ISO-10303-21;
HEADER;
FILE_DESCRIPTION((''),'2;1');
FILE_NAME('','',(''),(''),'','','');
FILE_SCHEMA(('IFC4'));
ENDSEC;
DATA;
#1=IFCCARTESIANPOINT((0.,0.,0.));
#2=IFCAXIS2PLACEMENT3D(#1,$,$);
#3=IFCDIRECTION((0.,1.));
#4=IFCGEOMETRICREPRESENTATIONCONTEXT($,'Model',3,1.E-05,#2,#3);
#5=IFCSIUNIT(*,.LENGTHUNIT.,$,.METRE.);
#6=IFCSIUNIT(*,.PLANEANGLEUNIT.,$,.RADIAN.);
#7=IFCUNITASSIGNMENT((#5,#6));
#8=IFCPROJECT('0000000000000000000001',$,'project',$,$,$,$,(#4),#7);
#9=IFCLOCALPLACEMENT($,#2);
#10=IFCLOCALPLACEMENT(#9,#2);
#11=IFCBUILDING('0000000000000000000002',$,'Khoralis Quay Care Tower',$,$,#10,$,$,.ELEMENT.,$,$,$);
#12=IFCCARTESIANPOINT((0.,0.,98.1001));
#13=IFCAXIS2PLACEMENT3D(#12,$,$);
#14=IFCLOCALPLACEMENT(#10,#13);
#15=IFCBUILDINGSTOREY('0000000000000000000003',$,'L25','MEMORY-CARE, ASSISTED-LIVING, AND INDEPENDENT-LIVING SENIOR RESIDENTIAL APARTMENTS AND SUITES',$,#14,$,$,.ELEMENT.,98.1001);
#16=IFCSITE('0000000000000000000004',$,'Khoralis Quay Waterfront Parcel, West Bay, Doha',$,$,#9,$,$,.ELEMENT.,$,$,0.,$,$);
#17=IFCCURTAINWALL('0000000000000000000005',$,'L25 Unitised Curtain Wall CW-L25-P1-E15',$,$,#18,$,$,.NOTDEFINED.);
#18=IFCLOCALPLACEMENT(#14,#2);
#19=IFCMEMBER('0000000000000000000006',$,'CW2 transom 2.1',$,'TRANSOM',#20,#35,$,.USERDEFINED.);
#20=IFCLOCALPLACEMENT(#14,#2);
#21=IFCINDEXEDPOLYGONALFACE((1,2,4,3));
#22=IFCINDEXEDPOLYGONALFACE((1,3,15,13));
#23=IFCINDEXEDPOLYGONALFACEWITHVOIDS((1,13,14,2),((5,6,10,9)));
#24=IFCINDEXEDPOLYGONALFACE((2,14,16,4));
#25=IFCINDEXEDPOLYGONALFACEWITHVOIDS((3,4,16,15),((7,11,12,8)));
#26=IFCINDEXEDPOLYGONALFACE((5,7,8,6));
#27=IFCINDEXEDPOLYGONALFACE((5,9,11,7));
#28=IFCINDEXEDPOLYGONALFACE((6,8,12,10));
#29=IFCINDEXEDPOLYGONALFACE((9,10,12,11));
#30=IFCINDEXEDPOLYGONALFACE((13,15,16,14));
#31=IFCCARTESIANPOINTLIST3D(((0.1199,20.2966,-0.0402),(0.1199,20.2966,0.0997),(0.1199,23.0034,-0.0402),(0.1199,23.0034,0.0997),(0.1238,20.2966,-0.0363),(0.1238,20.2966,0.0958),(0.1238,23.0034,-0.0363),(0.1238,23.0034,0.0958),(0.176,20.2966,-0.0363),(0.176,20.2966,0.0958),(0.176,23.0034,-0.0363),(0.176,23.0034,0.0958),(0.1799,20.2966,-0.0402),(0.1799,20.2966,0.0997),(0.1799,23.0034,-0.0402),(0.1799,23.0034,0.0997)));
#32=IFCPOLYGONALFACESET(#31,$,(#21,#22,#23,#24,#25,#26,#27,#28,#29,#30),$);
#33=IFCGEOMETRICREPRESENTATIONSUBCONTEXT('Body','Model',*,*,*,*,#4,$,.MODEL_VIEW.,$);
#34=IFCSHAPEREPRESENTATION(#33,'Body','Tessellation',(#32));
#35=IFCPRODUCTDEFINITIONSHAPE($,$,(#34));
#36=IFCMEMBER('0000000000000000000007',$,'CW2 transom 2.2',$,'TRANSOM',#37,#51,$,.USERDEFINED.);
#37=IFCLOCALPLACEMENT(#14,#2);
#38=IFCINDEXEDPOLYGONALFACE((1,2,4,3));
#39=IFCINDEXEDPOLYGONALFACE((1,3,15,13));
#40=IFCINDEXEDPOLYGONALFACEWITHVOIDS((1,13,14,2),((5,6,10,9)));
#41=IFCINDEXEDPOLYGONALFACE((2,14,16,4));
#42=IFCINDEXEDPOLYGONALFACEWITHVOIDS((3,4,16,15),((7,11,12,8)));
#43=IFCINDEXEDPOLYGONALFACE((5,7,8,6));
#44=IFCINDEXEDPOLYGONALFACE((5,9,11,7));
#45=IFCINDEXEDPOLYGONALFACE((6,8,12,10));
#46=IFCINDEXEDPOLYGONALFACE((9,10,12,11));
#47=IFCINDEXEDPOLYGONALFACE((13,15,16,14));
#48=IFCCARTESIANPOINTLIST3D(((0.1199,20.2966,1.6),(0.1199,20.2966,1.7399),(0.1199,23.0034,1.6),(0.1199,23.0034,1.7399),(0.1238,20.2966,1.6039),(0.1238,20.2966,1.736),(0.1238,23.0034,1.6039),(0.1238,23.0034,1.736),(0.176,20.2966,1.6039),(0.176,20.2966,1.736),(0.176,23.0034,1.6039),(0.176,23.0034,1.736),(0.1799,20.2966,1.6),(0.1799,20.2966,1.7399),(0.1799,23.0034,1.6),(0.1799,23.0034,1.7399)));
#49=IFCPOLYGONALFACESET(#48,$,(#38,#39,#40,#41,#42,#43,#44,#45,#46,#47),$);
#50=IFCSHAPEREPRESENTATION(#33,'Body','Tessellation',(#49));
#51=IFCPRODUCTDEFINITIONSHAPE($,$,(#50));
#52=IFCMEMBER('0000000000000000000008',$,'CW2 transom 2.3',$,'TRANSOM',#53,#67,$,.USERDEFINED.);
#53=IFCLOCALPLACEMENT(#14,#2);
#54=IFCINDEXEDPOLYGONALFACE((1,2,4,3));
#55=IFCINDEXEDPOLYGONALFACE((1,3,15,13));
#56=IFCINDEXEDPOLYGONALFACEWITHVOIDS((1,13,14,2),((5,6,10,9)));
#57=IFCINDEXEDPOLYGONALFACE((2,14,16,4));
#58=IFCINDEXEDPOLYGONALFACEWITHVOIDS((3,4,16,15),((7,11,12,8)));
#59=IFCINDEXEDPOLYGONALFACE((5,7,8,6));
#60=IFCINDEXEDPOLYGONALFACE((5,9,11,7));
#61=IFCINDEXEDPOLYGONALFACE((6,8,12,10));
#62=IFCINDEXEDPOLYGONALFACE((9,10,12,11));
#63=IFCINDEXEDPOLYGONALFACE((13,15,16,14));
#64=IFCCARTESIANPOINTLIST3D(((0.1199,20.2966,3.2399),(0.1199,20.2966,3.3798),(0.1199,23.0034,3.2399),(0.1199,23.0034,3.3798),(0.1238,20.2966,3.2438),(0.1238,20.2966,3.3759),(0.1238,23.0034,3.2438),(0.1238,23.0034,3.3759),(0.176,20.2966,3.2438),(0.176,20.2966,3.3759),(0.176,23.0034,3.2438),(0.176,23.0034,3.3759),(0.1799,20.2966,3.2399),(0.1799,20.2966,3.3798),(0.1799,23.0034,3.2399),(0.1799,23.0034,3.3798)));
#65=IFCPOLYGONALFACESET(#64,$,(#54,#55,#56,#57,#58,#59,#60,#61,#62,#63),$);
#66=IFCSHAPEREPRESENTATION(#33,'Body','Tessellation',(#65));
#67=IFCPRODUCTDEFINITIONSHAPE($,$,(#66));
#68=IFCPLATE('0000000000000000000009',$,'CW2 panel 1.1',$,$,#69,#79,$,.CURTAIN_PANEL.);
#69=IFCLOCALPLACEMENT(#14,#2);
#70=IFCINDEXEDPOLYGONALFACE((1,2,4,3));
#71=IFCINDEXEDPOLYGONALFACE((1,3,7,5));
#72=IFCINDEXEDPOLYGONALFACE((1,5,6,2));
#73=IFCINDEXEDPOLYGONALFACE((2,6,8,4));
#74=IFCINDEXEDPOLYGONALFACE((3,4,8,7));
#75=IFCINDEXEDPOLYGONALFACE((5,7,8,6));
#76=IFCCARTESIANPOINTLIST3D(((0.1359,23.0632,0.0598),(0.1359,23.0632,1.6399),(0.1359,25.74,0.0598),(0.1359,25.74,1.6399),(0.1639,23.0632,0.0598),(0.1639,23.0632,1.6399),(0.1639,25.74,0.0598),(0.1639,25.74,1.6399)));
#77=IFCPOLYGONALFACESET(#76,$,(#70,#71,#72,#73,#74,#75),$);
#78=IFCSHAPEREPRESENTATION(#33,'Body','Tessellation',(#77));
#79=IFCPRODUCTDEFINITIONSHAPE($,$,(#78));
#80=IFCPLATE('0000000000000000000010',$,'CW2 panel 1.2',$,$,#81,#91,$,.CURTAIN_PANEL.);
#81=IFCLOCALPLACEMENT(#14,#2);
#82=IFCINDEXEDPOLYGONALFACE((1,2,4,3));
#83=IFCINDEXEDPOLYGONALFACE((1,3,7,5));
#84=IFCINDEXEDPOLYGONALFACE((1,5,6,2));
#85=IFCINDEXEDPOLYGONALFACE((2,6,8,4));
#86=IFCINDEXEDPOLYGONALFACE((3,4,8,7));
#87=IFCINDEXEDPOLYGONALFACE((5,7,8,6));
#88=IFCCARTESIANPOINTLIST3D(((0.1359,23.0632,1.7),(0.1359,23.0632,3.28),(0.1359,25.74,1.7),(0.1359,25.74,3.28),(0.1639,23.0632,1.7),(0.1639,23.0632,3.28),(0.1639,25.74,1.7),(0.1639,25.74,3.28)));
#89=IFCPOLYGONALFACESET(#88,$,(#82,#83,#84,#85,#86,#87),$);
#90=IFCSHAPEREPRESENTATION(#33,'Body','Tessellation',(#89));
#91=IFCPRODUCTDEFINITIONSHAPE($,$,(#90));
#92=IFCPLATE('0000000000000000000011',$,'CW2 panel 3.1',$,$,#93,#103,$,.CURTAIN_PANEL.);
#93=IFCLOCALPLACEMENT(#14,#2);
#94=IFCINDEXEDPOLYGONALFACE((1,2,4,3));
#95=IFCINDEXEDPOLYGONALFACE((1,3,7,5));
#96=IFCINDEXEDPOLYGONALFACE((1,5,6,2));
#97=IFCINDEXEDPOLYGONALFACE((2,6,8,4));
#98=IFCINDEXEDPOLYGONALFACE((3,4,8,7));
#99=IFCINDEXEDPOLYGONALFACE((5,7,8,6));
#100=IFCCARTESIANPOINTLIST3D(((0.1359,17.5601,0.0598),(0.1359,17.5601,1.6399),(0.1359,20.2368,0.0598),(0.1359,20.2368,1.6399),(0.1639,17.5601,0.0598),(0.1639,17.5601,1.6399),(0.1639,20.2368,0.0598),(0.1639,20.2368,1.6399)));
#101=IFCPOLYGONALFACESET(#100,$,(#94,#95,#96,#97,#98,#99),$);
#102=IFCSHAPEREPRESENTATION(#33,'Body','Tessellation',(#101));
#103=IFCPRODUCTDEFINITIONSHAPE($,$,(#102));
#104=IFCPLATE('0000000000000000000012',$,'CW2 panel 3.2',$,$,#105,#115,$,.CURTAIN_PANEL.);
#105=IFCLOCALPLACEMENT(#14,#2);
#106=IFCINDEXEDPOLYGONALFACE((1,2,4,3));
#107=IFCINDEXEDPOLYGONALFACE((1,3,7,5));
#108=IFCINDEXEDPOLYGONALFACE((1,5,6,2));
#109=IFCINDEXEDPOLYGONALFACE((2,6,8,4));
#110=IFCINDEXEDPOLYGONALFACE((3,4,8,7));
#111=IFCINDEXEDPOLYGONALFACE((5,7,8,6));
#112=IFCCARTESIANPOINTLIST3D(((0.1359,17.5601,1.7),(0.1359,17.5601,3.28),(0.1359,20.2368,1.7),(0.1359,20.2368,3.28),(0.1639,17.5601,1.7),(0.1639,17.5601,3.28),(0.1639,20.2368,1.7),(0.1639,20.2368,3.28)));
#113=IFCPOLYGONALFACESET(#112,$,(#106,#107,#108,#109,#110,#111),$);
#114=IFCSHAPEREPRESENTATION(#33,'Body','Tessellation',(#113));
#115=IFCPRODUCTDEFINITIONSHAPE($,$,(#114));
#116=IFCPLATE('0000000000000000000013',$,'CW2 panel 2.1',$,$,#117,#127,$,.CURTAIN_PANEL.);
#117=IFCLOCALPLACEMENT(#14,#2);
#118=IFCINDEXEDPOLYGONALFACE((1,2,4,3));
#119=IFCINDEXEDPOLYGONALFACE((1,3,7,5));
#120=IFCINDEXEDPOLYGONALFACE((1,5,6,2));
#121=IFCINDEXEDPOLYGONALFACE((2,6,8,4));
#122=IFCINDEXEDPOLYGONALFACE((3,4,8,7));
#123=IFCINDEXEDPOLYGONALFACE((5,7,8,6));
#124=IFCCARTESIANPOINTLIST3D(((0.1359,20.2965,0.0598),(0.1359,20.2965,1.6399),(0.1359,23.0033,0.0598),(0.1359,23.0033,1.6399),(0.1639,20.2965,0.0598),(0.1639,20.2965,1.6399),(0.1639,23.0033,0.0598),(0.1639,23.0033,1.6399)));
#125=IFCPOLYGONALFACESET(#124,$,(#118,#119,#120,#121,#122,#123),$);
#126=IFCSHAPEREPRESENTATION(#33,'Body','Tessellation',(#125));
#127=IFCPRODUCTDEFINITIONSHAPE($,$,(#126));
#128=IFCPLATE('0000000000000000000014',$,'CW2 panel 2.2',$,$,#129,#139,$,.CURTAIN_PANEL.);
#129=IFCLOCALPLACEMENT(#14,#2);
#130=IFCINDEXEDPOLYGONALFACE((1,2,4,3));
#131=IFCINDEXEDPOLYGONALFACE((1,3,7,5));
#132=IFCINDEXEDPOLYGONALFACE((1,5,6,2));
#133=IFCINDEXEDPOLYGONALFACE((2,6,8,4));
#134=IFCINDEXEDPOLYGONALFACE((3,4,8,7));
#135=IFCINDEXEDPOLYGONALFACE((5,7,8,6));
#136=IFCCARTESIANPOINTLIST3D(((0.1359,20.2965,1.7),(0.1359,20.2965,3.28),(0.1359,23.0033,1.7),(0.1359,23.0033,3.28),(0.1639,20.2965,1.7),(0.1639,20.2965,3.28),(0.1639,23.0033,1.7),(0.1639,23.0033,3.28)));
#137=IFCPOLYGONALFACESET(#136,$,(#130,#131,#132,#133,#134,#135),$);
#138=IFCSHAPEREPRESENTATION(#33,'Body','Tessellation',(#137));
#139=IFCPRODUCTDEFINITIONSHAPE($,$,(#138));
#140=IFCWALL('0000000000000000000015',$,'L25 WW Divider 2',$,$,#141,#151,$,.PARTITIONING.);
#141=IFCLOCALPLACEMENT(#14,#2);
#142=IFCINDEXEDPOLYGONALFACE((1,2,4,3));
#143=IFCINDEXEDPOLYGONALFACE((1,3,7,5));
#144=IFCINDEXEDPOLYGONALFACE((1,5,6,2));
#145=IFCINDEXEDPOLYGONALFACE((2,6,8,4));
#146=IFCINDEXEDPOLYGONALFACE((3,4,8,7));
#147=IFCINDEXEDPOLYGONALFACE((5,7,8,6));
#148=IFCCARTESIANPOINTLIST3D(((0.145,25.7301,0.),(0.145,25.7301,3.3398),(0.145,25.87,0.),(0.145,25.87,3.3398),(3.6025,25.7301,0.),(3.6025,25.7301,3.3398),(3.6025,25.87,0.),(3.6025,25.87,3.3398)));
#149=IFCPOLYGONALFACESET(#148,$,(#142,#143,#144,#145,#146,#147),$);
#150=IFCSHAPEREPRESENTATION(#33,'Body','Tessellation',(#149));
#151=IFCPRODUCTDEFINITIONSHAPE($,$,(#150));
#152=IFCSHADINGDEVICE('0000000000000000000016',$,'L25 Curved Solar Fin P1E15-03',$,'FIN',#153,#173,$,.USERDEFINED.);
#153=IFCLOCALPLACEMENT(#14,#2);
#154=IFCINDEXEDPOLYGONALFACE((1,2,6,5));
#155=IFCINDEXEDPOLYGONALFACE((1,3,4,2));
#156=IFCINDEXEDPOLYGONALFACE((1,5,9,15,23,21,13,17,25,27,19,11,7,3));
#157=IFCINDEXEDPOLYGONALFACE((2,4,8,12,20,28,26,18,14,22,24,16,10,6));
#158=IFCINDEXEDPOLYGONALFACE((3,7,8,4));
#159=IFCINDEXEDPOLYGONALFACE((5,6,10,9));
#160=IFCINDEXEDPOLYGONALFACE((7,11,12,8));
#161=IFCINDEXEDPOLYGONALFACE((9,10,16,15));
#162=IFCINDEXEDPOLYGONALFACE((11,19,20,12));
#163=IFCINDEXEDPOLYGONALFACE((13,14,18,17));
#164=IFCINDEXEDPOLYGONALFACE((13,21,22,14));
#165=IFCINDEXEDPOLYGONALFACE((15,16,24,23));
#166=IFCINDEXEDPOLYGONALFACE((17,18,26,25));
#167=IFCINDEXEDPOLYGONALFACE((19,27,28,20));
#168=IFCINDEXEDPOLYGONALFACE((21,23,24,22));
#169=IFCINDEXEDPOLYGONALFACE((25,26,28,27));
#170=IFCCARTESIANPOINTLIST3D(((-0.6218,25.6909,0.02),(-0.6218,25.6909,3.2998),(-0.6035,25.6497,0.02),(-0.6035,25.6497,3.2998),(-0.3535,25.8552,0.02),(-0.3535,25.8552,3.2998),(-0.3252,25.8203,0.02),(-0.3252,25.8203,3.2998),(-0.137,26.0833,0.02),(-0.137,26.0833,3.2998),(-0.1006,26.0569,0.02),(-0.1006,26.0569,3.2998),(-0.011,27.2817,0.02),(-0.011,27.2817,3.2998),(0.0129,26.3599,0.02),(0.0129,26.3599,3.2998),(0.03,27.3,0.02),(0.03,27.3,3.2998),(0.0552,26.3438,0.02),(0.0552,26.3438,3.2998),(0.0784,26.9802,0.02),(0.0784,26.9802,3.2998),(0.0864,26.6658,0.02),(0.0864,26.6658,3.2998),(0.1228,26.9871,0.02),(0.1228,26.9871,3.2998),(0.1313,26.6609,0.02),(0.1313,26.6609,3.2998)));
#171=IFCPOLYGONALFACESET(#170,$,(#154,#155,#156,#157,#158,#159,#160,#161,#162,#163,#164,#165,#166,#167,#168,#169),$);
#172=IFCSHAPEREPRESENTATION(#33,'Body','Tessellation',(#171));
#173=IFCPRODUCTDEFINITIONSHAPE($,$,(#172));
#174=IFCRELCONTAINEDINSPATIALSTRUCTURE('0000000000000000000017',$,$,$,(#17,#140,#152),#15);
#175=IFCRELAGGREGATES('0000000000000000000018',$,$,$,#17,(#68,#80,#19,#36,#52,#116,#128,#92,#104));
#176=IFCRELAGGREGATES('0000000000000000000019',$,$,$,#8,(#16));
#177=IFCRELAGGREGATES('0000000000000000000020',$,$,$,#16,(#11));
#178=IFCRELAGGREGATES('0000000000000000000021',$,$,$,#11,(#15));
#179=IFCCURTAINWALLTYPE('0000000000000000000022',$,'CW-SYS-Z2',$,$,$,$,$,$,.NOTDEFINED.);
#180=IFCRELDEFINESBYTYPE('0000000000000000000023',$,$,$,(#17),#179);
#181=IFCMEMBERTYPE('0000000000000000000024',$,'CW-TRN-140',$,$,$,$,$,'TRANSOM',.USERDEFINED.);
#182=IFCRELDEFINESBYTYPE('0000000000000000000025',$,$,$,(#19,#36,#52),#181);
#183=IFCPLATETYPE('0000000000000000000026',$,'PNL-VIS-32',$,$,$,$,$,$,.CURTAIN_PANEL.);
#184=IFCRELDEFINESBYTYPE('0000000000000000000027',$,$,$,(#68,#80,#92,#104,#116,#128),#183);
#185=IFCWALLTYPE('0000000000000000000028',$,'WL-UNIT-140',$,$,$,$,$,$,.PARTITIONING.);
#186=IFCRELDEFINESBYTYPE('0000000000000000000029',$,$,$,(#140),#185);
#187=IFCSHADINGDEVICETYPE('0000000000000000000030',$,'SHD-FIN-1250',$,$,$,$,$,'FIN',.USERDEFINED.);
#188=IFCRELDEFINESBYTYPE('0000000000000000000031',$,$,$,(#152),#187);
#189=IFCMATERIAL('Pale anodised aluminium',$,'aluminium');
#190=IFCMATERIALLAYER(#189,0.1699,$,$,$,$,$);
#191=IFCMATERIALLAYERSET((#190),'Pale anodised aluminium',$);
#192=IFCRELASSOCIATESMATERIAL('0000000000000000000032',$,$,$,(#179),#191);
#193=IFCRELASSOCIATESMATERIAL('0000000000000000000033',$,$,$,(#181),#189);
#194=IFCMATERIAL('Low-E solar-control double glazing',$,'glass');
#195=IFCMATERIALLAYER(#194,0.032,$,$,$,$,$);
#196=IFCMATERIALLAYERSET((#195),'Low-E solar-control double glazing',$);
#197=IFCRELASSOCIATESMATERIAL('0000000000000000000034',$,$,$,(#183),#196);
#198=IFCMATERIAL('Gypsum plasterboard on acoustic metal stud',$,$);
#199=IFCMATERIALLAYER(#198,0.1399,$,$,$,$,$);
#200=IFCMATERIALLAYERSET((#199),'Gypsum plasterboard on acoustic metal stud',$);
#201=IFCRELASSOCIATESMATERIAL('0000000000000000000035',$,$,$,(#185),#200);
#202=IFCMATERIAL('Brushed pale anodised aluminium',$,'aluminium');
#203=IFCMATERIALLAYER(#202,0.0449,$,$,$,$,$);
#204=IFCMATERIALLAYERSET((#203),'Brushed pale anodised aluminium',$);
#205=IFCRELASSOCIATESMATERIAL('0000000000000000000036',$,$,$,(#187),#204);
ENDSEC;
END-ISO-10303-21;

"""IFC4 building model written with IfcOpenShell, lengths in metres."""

from ifc_helpers import new_model, si_unit, direction, frame, frame_2d, origin, origin_2d, place, context, subcontext, project, spatial, polyline, rectangle, hollow_rectangle, outline, extrude, source, transform, mapped, material, layer, layer_set, material_profile, profile_set, type_object, element, aggregate, save


model = new_model("IFC4")

# Units and contexts
model_context = context("Model", 3, precision=1e-05, world=origin(), true_north=direction((0.0, 1.0)))
body_context = subcontext(model_context, "Body", "Model", "MODEL_VIEW")
ifc_project = project(units=[si_unit("LENGTHUNIT", "METRE"), si_unit("PLANEANGLEUNIT", "RADIAN")], contexts=[model_context])

# Site, building, storey
site_placement = place(None, origin())
site = spatial("IfcSite", under=ifc_project, at=site_placement, Name="Khoralis Quay Waterfront Parcel, West Bay, Doha", CompositionType="ELEMENT", RefElevation=0.0)
building_placement = place(site_placement, origin())
building = spatial("IfcBuilding", under=site, at=building_placement, Name="Khoralis Quay Care Tower", CompositionType="ELEMENT")
storey_placement = place(building_placement, frame((0.0, 0.0, 98.1001)))
storey = spatial("IfcBuildingStorey", under=building, at=storey_placement, Name="L25", Description="MEMORY-CARE, ASSISTED-LIVING, AND INDEPENDENT-LIVING SENIOR RESIDENTIAL APARTMENTS AND SUITES", CompositionType="ELEMENT", Elevation=98.1001)

# Curtain wall, members, plates
ifc_material_1 = material(Name="Pale anodised aluminium", Category="aluminium")
ifc_layer_1 = layer(ifc_material_1, 0.1699)
ifc_layer_set_1 = layer_set([ifc_layer_1], Name="Pale anodised aluminium")
curtain_wall_type = type_object("IfcCurtainWallType", Name="CW-SYS-Z2", PredefinedType="NOTDEFINED", material=ifc_layer_set_1)
curtain_wall_placement = place(storey_placement, origin())
curtain_wall = element("IfcCurtainWall", 1, at=curtain_wall_placement, inside=storey, type_object=curtain_wall_type, Name="L25 Unitised Curtain Wall CW-L25-P1-E15", PredefinedType="NOTDEFINED")
ifc_material_profile_1 = material_profile(ifc_material_1, hollow_rectangle(XDim=0.0601, YDim=0.1399, WallThickness=0.0039, at=origin_2d()), Name="Pale anodised aluminium")
ifc_profile_set_1 = profile_set([ifc_material_profile_1], Name="Pale anodised aluminium")
member_type_1 = type_object("IfcMemberType", Name="CW-TRN-140", ElementType="TRANSOM", PredefinedType="USERDEFINED", material=ifc_profile_set_1)
shared_shape_1 = source(origin(), body_context, "Body", "SweptSolid", [
    extrude(hollow_rectangle(XDim=0.0601, YDim=0.1399, WallThickness=0.0039, at=origin_2d()), origin(), (0.0, 0.0, 1.0), 2.7068),
])
member_1_placement = place(storey_placement, frame((0.1499, 23.0034, 0.0298), z_axis=(0.0, -1.0, 0.0), x_axis=(1.0, 0.0, 0.0)))
member_1 = element("IfcMember", 2, at=member_1_placement, type_object=member_type_1, Name="CW2 transom 2.1", ObjectType="TRANSOM", PredefinedType="USERDEFINED", context=body_context, shape_type="MappedRepresentation", body=[
    mapped(shared_shape_1, transform((0.0, 0.0, 0.0), scale=1.0)),
])
member_2_placement = place(storey_placement, frame((0.1499, 23.0034, 1.6699), z_axis=(0.0, -1.0, 0.0), x_axis=(1.0, 0.0, 0.0)))
member_2 = element("IfcMember", 3, at=member_2_placement, type_object=member_type_1, Name="CW2 transom 2.2", ObjectType="TRANSOM", PredefinedType="USERDEFINED", context=body_context, shape_type="MappedRepresentation", body=[
    mapped(shared_shape_1, transform((0.0, 0.0, 0.0), scale=1.0)),
])
member_3_placement = place(storey_placement, frame((0.1499, 23.0034, 3.3098), z_axis=(0.0, -1.0, 0.0), x_axis=(1.0, 0.0, 0.0)))
member_3 = element("IfcMember", 4, at=member_3_placement, type_object=member_type_1, Name="CW2 transom 2.3", ObjectType="TRANSOM", PredefinedType="USERDEFINED", context=body_context, shape_type="MappedRepresentation", body=[
    mapped(shared_shape_1, transform((0.0, 0.0, 0.0), scale=1.0)),
])
ifc_material_2 = material(Name="Low-E solar-control double glazing", Category="glass")
ifc_layer_2 = layer(ifc_material_2, 0.032)
ifc_layer_set_2 = layer_set([ifc_layer_2], Name="Low-E solar-control double glazing")
plate_type = type_object("IfcPlateType", Name="PNL-VIS-32", PredefinedType="CURTAIN_PANEL", material=ifc_layer_set_2)
shared_shape_2 = source(origin(), body_context, "Body", "SweptSolid", [
    extrude(rectangle(XDim=2.6768, YDim=0.0281, at=origin_2d()), origin(), (0.0, 0.0, 1.0), 1.5801),
])
plate_1_placement = place(storey_placement, frame((0.1499, 24.4016, 0.0598), z_axis=(0.0, 0.0, 1.0), x_axis=(0.0, -1.0, 0.0)))
plate_1 = element("IfcPlate", 5, at=plate_1_placement, type_object=plate_type, Name="CW2 panel 1.1", PredefinedType="CURTAIN_PANEL", context=body_context, shape_type="MappedRepresentation", body=[
    mapped(shared_shape_2, transform((0.0, 0.0, 0.0), scale=1.0)),
])
plate_2_placement = place(storey_placement, frame((0.1499, 24.4016, 1.7), z_axis=(0.0, 0.0, 1.0), x_axis=(0.0, -1.0, 0.0)))
plate_2 = element("IfcPlate", 6, at=plate_2_placement, type_object=plate_type, Name="CW2 panel 1.2", PredefinedType="CURTAIN_PANEL", context=body_context, shape_type="MappedRepresentation", body=[
    mapped(shared_shape_2, transform((0.0, 0.0, 0.0), scale=1.0)),
])
plate_3_placement = place(storey_placement, frame((0.1499, 18.8984, 0.0598), z_axis=(0.0, 0.0, 1.0), x_axis=(0.0, -1.0, 0.0)))
plate_3 = element("IfcPlate", 7, at=plate_3_placement, type_object=plate_type, Name="CW2 panel 3.1", PredefinedType="CURTAIN_PANEL", context=body_context, shape_type="MappedRepresentation", body=[
    mapped(shared_shape_2, transform((0.0, 0.0, 0.0), scale=1.0)),
])
plate_4_placement = place(storey_placement, frame((0.1499, 18.8984, 1.7), z_axis=(0.0, 0.0, 1.0), x_axis=(0.0, -1.0, 0.0)))
plate_4 = element("IfcPlate", 8, at=plate_4_placement, type_object=plate_type, Name="CW2 panel 3.2", PredefinedType="CURTAIN_PANEL", context=body_context, shape_type="MappedRepresentation", body=[
    mapped(shared_shape_2, transform((0.0, 0.0, 0.0), scale=1.0)),
])
shared_shape_3 = source(origin(), body_context, "Body", "SweptSolid", [
    extrude(rectangle(XDim=2.7068, YDim=0.0281, at=origin_2d()), origin(), (0.0, 0.0, 1.0), 1.5801),
])
plate_5_placement = place(storey_placement, frame((0.1499, 21.6499, 0.0598), z_axis=(0.0, 0.0, 1.0), x_axis=(0.0, -1.0, 0.0)))
plate_5 = element("IfcPlate", 9, at=plate_5_placement, type_object=plate_type, Name="CW2 panel 2.1", PredefinedType="CURTAIN_PANEL", context=body_context, shape_type="MappedRepresentation", body=[
    mapped(shared_shape_3, transform((0.0, 0.0, 0.0), scale=1.0)),
])
plate_6_placement = place(storey_placement, frame((0.1499, 21.6499, 1.7), z_axis=(0.0, 0.0, 1.0), x_axis=(0.0, -1.0, 0.0)))
plate_6 = element("IfcPlate", 10, at=plate_6_placement, type_object=plate_type, Name="CW2 panel 2.2", PredefinedType="CURTAIN_PANEL", context=body_context, shape_type="MappedRepresentation", body=[
    mapped(shared_shape_3, transform((0.0, 0.0, 0.0), scale=1.0)),
])
aggregate(curtain_wall, [plate_1, plate_2, member_1, member_2, member_3, plate_5, plate_6, plate_3, plate_4])

# Wall
ifc_material_3 = material(Name="Gypsum plasterboard on acoustic metal stud")
ifc_layer_3 = layer(ifc_material_3, 0.1399)
ifc_layer_set_3 = layer_set([ifc_layer_3], Name="Gypsum plasterboard on acoustic metal stud")
wall_type = type_object("IfcWallType", Name="WL-UNIT-140", PredefinedType="PARTITIONING", material=ifc_layer_set_3)
wall_placement = place(storey_placement, frame((0.145, 25.8, 0.0), z_axis=(0.0, 0.0, 1.0), x_axis=(1.0, 0.0, 0.0)))
element("IfcWall", 11, at=wall_placement, inside=storey, type_object=wall_type, Name="L25 WW Divider 2", PredefinedType="PARTITIONING", context=body_context, shape_type="SweptSolid", body=[
    extrude(rectangle(XDim=3.4575, YDim=0.1399, at=frame_2d((1.7288, 0.0))), origin(), (0.0, 0.0, 1.0), 3.3398),
])

# Shading device
ifc_material_4 = material(Name="Brushed pale anodised aluminium", Category="aluminium")
ifc_layer_4 = layer(ifc_material_4, 0.0449)
ifc_layer_set_4 = layer_set([ifc_layer_4], Name="Brushed pale anodised aluminium")
shading_device_type = type_object("IfcShadingDeviceType", Name="SHD-FIN-1250", ElementType="FIN", PredefinedType="USERDEFINED", material=ifc_layer_set_4)
shared_shape_4 = source(origin(), body_context, "Body", "SweptSolid", [
    extrude(outline(polyline([(0.0, 0.0), (-0.0928, 0.313), (-0.1013, 0.6392), (-0.0251, 0.9563), (0.1306, 1.2432), (0.3552, 1.4797), (0.6335, 1.6504), (0.6519, 1.6091), (0.3835, 1.4448), (0.167, 1.2168), (0.0171, 0.9402), (-0.0564, 0.6343), (-0.0483, 0.3198), (0.041, 0.0183), (0.0, 0.0)])), origin(), (0.0, 0.0, 1.0), 3.2798),
])
shading_device_1_placement = place(storey_placement, frame((0.03, 27.3, 0.02), z_axis=(0.0, 0.0, 1.0), x_axis=(-1.0, 0.0, 0.0)))
element("IfcShadingDevice", 12, at=shading_device_1_placement, inside=storey, type_object=shading_device_type, Name="L25 Curved Solar Fin P1E15-03", ObjectType="FIN", PredefinedType="USERDEFINED", context=body_context, shape_type="MappedRepresentation", body=[
    mapped(shared_shape_4, transform((0.0, 0.0, 0.0), scale=1.0)),
])

save(model, "model.ifc")
